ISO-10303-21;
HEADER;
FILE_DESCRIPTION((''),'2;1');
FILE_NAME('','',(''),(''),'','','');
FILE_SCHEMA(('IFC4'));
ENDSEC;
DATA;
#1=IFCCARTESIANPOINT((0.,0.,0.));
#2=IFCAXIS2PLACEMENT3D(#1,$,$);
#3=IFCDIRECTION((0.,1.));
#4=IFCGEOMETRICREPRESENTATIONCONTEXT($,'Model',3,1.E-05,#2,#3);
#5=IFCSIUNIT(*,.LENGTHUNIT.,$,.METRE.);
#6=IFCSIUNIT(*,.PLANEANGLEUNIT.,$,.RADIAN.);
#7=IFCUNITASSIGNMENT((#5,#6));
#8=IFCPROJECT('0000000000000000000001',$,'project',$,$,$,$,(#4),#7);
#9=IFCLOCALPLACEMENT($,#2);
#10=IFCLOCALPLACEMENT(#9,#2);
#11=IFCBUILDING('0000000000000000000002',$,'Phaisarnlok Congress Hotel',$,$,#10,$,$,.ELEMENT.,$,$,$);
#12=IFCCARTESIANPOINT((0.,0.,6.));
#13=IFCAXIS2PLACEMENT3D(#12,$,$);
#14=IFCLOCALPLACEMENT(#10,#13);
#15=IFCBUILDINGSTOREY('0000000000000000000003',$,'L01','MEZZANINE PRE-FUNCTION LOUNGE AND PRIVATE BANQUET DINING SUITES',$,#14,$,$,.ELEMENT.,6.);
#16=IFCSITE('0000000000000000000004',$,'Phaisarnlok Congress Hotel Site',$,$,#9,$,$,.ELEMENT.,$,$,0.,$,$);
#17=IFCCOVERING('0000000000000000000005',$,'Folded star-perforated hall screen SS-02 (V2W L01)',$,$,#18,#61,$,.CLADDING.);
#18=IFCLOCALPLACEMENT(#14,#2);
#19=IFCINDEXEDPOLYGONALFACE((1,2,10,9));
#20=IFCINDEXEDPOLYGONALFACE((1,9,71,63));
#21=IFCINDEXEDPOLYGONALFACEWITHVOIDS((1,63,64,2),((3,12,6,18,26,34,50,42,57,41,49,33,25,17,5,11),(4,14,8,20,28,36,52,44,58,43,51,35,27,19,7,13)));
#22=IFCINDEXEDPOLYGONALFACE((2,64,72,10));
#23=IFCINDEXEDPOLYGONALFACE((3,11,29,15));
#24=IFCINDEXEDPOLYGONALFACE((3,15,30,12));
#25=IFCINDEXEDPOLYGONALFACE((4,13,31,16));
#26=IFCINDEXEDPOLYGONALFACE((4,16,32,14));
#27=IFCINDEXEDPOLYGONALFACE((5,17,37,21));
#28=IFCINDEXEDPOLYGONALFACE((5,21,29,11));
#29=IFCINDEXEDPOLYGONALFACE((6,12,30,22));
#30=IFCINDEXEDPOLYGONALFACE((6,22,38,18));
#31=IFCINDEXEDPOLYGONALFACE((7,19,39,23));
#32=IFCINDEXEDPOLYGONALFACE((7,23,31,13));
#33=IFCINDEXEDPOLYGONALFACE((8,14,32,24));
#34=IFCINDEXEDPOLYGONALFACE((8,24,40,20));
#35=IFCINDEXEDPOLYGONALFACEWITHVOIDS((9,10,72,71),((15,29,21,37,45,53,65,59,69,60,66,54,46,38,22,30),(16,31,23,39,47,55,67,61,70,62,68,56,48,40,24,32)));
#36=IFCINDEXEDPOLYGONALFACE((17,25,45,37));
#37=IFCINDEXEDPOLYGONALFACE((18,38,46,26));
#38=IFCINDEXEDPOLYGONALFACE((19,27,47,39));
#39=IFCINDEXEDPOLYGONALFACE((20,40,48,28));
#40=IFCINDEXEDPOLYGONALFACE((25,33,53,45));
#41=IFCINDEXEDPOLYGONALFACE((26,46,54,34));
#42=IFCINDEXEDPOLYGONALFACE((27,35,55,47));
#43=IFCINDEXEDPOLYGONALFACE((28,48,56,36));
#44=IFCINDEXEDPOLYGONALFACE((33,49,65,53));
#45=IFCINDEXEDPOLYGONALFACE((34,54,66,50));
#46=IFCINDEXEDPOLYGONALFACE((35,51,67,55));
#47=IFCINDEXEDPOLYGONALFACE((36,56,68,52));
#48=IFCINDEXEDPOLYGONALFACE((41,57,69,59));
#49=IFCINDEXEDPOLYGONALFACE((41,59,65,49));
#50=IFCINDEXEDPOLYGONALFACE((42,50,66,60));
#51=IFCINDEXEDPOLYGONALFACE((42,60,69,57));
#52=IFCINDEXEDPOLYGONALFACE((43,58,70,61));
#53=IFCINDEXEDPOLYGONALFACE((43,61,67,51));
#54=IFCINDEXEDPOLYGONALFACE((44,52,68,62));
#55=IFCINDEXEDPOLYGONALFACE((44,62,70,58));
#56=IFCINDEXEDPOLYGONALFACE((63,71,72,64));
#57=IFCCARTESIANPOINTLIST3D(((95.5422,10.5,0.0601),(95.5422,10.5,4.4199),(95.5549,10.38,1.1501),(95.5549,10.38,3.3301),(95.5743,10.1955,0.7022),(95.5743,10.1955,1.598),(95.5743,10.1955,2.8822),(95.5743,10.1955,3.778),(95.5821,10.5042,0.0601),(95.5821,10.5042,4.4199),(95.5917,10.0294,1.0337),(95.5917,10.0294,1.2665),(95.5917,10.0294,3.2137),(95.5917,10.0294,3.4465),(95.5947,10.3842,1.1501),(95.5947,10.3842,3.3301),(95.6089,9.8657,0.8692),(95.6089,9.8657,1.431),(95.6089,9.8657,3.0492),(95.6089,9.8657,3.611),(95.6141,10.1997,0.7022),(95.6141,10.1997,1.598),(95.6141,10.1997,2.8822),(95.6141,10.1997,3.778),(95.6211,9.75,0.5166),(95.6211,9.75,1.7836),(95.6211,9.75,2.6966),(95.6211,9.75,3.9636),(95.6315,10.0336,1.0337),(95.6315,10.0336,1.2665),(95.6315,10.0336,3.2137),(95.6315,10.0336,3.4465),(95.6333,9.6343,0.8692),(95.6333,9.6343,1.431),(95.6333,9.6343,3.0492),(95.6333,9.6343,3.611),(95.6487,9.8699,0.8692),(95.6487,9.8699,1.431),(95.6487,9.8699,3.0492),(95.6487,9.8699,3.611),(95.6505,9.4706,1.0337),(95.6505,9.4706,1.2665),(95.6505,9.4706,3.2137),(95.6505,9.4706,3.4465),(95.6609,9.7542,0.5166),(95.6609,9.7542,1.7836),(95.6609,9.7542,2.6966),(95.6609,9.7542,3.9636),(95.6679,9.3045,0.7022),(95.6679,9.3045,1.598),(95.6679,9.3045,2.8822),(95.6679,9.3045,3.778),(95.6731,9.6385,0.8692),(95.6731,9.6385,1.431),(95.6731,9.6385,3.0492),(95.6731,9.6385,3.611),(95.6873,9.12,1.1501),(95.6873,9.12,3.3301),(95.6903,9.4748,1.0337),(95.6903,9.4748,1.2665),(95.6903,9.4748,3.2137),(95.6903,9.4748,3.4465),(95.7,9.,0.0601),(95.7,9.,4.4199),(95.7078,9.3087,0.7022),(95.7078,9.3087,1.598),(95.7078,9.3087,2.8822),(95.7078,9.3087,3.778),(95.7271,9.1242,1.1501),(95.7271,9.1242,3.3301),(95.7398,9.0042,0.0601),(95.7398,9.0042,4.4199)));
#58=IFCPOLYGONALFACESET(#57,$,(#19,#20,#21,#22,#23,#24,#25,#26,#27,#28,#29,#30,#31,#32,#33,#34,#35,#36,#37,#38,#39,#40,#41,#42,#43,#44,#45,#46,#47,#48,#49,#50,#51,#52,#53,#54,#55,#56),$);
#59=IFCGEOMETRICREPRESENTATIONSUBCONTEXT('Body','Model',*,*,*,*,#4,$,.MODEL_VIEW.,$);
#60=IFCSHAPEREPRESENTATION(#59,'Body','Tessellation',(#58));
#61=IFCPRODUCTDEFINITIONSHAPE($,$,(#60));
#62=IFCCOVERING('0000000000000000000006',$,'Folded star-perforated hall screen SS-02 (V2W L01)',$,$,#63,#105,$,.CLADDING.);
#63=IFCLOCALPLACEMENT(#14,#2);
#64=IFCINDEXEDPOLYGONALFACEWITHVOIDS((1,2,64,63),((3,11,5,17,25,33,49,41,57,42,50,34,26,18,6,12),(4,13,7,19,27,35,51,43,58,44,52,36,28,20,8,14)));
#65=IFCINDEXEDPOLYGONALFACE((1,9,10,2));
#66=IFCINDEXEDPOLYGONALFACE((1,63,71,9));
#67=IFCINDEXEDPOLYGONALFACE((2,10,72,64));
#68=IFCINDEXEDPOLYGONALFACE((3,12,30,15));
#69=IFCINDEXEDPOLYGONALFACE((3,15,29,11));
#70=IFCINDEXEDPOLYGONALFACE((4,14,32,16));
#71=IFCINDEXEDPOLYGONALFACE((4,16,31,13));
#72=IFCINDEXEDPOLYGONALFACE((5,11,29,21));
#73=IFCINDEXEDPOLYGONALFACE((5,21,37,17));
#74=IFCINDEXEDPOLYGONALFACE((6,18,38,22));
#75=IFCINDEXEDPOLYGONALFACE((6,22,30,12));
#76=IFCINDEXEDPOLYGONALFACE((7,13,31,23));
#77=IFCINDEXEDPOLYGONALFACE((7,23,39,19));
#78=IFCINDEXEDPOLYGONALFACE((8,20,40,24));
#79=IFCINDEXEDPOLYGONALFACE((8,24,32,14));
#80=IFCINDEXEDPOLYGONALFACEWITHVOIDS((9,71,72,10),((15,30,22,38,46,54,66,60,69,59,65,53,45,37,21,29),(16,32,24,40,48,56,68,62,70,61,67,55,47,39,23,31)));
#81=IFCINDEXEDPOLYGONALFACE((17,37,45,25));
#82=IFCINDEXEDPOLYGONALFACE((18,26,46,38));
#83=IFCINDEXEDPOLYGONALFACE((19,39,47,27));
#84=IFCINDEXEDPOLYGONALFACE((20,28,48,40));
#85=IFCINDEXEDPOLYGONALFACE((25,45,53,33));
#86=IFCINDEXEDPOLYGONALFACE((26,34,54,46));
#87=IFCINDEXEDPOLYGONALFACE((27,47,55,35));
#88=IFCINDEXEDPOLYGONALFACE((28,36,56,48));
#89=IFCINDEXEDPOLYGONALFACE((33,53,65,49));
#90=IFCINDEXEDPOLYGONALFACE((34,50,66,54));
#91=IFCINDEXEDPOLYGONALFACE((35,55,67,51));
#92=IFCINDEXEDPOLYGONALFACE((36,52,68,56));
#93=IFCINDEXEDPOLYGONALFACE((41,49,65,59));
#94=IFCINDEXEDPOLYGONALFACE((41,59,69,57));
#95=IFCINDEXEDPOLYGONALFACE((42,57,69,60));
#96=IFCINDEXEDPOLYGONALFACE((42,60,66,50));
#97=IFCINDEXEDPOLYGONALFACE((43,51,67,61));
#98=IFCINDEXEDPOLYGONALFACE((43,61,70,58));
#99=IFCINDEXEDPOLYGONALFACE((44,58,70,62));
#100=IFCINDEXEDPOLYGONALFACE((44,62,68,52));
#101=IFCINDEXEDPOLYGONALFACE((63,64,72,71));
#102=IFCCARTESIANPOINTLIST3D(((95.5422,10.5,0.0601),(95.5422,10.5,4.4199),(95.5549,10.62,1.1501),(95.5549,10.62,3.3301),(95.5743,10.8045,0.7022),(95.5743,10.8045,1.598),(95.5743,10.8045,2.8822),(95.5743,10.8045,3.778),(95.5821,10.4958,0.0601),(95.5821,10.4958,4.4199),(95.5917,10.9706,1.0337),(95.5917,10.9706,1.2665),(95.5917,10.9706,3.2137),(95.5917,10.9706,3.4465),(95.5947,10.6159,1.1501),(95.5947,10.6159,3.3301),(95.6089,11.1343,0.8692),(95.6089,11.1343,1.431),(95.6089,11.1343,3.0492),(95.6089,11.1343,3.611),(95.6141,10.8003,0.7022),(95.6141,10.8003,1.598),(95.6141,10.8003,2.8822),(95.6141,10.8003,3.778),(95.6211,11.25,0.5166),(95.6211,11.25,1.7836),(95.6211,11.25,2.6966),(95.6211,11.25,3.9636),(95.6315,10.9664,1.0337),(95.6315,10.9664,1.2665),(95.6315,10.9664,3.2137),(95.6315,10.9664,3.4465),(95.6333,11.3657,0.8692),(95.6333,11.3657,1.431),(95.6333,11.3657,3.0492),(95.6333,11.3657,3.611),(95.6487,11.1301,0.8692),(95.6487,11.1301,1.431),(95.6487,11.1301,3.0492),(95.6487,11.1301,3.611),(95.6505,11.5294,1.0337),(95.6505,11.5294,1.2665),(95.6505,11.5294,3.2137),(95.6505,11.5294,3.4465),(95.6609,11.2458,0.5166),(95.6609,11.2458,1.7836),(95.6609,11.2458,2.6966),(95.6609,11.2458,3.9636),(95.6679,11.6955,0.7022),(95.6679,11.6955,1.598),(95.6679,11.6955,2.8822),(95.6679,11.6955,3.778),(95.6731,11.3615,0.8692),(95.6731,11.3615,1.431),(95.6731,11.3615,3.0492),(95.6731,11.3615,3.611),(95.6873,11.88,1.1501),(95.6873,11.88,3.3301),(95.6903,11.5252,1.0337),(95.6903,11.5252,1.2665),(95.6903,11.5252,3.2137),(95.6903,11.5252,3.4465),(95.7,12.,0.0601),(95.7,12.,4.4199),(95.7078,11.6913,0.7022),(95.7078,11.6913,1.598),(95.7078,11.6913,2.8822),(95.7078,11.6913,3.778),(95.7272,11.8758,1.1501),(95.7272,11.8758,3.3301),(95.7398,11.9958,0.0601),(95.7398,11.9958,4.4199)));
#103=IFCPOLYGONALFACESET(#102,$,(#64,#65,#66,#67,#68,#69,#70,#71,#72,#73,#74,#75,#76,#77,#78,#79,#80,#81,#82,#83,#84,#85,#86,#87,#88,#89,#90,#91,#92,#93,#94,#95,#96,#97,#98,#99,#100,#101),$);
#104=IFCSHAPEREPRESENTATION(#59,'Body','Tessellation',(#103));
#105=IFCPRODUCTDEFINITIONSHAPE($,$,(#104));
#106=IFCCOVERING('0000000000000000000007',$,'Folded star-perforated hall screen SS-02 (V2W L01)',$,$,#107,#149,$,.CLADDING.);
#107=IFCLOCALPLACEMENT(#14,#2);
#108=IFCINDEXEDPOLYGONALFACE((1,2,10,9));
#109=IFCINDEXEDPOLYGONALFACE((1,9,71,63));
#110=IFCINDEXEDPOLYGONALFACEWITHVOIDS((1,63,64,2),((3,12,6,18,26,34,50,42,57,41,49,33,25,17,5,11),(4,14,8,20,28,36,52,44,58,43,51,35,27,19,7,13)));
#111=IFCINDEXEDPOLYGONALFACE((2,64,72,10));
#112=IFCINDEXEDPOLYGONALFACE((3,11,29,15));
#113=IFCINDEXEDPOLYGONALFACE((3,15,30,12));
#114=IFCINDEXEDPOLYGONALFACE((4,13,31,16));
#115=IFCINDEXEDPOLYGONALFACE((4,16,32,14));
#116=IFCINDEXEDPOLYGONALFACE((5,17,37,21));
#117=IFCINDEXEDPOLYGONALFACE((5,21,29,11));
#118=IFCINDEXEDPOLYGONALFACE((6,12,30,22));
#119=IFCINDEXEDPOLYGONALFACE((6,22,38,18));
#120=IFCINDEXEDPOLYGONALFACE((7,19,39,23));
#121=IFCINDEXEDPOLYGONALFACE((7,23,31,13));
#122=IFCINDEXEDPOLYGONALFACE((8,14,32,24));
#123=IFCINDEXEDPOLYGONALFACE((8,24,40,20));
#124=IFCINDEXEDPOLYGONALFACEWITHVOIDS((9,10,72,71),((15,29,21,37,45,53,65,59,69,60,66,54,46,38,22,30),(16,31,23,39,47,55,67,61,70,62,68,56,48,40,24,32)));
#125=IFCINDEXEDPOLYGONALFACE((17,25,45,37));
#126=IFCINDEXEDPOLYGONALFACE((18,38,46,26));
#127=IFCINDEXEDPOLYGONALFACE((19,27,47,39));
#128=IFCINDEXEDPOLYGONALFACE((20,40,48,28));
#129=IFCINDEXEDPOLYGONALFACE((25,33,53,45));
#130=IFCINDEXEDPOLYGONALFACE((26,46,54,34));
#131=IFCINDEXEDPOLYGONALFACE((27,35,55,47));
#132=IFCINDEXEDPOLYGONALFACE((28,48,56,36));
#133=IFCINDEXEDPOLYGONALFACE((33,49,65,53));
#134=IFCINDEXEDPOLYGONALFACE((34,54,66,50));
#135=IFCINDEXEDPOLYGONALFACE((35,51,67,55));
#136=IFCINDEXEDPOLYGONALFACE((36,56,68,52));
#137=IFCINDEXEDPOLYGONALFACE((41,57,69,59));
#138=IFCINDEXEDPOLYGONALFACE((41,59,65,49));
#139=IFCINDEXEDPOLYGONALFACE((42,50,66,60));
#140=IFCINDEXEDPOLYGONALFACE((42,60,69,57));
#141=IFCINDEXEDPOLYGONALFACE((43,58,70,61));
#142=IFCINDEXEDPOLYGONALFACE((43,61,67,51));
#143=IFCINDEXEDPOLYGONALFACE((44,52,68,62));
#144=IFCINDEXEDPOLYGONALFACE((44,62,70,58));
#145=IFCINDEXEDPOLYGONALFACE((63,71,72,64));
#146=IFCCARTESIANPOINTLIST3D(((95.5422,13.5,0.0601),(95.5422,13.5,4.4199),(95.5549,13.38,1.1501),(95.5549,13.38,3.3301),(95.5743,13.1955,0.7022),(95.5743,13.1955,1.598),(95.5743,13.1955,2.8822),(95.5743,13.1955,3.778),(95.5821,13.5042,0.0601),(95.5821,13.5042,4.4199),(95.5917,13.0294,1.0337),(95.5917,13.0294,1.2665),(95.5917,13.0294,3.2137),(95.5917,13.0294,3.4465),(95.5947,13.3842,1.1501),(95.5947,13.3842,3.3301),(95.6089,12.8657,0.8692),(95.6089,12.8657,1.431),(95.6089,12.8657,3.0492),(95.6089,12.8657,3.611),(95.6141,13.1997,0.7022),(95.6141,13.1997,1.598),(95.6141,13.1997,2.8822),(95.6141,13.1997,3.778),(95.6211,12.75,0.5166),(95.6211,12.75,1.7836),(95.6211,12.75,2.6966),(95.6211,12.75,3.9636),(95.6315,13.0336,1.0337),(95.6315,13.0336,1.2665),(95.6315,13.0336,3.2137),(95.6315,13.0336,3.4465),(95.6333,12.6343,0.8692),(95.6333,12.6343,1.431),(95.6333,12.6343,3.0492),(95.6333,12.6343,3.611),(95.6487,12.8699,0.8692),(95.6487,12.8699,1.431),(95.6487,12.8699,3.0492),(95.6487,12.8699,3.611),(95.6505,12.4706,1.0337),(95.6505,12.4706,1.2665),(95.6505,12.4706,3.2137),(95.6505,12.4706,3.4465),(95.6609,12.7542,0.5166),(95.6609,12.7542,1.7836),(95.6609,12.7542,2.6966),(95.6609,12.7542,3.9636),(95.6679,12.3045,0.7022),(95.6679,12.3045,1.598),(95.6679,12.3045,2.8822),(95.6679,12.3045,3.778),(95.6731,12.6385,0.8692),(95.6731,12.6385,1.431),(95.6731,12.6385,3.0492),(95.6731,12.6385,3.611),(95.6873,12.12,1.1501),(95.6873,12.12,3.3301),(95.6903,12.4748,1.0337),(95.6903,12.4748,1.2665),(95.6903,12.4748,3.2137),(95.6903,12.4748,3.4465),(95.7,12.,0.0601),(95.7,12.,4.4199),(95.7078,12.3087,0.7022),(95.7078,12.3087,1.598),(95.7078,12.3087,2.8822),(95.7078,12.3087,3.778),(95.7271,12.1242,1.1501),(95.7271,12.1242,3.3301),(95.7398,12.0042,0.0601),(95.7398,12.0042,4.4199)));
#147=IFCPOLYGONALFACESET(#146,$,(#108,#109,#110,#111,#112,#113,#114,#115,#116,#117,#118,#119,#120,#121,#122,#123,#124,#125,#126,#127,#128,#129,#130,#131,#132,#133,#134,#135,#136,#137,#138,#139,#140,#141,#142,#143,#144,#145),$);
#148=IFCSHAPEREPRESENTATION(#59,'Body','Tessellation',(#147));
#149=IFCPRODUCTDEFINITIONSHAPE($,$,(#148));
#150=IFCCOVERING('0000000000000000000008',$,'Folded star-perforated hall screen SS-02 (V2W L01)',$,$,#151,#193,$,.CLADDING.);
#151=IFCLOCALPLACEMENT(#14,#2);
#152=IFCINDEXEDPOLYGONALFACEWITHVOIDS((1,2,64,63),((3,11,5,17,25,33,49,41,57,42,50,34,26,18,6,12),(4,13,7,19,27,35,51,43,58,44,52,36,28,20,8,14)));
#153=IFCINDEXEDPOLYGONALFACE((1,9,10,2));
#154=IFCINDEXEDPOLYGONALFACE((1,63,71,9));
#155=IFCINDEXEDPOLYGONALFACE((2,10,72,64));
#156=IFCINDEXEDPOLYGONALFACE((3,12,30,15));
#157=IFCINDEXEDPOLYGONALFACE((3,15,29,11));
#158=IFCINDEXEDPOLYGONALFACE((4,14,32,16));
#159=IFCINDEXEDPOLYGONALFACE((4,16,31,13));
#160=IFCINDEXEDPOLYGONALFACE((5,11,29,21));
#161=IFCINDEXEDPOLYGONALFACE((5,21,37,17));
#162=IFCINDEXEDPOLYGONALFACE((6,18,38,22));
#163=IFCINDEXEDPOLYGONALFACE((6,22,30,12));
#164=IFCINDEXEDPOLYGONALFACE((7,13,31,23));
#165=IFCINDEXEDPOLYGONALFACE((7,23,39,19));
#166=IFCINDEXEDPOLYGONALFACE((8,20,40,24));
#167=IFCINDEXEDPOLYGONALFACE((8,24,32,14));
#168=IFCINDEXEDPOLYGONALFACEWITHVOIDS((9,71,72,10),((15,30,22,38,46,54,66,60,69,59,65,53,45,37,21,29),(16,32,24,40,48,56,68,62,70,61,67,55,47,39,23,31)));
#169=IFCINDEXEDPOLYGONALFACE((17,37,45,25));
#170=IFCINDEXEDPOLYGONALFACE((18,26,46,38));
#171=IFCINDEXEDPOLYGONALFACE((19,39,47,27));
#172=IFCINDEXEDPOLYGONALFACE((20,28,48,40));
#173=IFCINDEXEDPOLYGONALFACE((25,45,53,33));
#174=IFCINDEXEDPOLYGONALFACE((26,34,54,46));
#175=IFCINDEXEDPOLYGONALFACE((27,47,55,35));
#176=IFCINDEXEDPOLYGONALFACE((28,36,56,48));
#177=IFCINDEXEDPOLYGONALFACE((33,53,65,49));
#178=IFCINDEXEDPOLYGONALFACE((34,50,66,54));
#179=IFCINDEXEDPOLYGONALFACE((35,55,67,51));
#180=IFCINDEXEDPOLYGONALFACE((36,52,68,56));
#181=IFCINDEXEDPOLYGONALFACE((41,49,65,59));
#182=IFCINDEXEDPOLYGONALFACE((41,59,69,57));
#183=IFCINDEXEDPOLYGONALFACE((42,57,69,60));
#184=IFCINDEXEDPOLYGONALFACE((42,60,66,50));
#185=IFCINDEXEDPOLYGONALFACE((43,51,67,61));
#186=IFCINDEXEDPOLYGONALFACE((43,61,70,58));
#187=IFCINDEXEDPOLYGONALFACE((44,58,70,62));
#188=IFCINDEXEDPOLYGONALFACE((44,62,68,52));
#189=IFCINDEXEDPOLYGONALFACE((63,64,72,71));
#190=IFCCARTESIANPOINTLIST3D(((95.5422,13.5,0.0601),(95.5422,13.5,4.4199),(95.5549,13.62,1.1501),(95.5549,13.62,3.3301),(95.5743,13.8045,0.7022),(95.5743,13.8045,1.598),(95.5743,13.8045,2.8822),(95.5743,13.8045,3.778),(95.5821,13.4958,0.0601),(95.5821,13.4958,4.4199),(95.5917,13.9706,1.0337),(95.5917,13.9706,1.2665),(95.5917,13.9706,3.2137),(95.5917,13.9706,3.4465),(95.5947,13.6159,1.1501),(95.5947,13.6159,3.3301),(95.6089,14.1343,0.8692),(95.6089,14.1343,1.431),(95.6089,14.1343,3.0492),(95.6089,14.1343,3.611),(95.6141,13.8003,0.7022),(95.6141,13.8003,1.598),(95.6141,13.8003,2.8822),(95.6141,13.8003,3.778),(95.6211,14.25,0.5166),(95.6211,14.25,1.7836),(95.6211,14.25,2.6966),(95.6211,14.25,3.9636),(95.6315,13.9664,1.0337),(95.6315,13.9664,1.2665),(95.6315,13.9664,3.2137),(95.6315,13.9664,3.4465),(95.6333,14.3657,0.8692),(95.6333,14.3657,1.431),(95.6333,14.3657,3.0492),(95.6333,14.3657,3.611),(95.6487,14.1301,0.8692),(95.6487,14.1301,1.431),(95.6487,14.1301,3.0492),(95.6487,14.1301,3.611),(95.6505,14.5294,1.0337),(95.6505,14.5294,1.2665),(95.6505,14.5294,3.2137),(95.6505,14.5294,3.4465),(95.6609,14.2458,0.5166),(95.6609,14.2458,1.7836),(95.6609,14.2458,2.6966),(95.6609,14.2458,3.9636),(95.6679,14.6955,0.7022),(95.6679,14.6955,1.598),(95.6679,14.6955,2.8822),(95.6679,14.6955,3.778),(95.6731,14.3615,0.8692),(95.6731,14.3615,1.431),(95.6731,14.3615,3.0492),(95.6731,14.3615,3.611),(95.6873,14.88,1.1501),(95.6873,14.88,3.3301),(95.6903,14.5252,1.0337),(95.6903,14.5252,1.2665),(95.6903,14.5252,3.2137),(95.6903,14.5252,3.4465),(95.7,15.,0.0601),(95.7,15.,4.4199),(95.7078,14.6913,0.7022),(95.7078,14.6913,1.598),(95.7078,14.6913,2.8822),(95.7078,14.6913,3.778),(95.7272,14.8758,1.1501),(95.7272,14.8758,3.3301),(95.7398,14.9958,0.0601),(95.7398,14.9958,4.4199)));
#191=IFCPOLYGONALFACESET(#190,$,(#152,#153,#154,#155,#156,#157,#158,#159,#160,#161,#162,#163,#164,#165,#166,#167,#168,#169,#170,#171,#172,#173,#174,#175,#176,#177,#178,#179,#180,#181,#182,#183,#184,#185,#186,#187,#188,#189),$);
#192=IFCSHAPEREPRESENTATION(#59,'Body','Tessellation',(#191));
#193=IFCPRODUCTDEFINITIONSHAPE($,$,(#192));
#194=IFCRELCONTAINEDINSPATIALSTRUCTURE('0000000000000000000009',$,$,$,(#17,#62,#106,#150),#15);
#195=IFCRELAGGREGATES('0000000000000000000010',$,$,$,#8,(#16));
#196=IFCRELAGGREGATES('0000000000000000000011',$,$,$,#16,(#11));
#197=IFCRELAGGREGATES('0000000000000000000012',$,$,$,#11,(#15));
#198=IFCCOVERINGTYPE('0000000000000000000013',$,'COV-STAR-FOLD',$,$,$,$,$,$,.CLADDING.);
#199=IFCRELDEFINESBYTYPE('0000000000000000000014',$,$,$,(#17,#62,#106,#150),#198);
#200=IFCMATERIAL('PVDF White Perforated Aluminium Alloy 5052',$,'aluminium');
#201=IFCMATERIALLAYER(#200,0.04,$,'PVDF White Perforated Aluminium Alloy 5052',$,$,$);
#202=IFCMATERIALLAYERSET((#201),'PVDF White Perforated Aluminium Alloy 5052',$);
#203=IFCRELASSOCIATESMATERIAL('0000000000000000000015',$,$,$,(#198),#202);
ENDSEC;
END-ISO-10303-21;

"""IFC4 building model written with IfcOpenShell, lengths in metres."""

from ifc_helpers import new_model, si_unit, direction, frame, origin, place, context, subcontext, project, spatial, polyline, outline, extrude, material, layer, layer_set, type_object, element, save


model = new_model("IFC4")

# Units and contexts
model_context = context("Model", 3, precision=1e-05, world=origin(), true_north=direction((0.0, 1.0)))
body_context = subcontext(model_context, "Body", "Model", "MODEL_VIEW")
ifc_project = project(units=[si_unit("LENGTHUNIT", "METRE"), si_unit("PLANEANGLEUNIT", "RADIAN")], contexts=[model_context])

# Site, building, storey
site_placement = place(None, origin())
site = spatial("IfcSite", under=ifc_project, at=site_placement, Name="Phaisarnlok Congress Hotel Site", CompositionType="ELEMENT", RefElevation=0.0)
building_placement = place(site_placement, origin())
building = spatial("IfcBuilding", under=site, at=building_placement, Name="Phaisarnlok Congress Hotel", CompositionType="ELEMENT")
storey_placement = place(building_placement, frame((0.0, 0.0, 6.0)))
storey = spatial("IfcBuildingStorey", under=building, at=storey_placement, Name="L01", Description="MEZZANINE PRE-FUNCTION LOUNGE AND PRIVATE BANQUET DINING SUITES", CompositionType="ELEMENT", Elevation=6.0)

# Coverings
ifc_material_1 = material(Name="PVDF White Perforated Aluminium Alloy 5052", Category="aluminium")
ifc_layer_1 = layer(ifc_material_1, 0.04, Name="PVDF White Perforated Aluminium Alloy 5052")
ifc_layer_set_1 = layer_set([ifc_layer_1], Name="PVDF White Perforated Aluminium Alloy 5052")
covering_type = type_object("IfcCoveringType", Name="COV-STAR-FOLD", PredefinedType="CLADDING", material=ifc_layer_set_1)
for number, where, z_axis, x_axis, name in (
    (1, (95.7, 9.0, 0.0601), (0.994518, 0.104567, 0.0), (-0.104567, 0.994518, 0.0), "Folded star-perforated hall screen SS-02 (V2W L01)"),
    (2, (95.5422, 10.5, 0.0601), (0.994518, -0.104567, 0.0), (0.104567, 0.994518, 0.0), "Folded star-perforated hall screen SS-02 (V2W L01)"),
    (3, (95.7, 12.0, 0.0601), (0.994518, 0.104567, 0.0), (-0.104567, 0.994518, 0.0), "Folded star-perforated hall screen SS-02 (V2W L01)"),
    (4, (95.5422, 13.5, 0.0601), (0.994518, -0.104567, 0.0), (0.104567, 0.994518, 0.0), "Folded star-perforated hall screen SS-02 (V2W L01)"),
):
    element("IfcCovering", number, at=place(storey_placement, frame(where, z_axis=z_axis, x_axis=x_axis)), inside=storey, type_object=covering_type, Name=name, PredefinedType="CLADDING", context=body_context, shape_type="SweptSolid", body=[
        extrude(outline(polyline([(0.0, 0.0), (1.5083, 0.0), (1.5083, 4.3599), (0.0, 4.3599), (0.0, 0.0)]), holes=[polyline([(1.0351, 0.9736), (1.2021, 0.6421), (0.8705, 0.8091), (0.7541, 0.4565), (0.6378, 0.8091), (0.3062, 0.6421), (0.4732, 0.9736), (0.1207, 1.09), (0.4732, 1.2064), (0.3062, 1.5379), (0.6378, 1.3709), (0.7541, 1.7235), (0.8705, 1.3709), (1.2021, 1.5379), (1.0351, 1.2064), (1.3876, 1.09), (1.0351, 0.9736)]), polyline([(1.0351, 3.1536), (1.2021, 2.8221), (0.8705, 2.9891), (0.7541, 2.6365), (0.6378, 2.9891), (0.3062, 2.8221), (0.4732, 3.1536), (0.1207, 3.27), (0.4732, 3.3864), (0.3062, 3.7179), (0.6378, 3.5509), (0.7541, 3.9035), (0.8705, 3.5509), (1.2021, 3.7179), (1.0351, 3.3864), (1.3876, 3.27), (1.0351, 3.1536)])]), origin(), (0.0, 0.0, 1.0), 0.04),
    ])

save(model, "model.ifc")
